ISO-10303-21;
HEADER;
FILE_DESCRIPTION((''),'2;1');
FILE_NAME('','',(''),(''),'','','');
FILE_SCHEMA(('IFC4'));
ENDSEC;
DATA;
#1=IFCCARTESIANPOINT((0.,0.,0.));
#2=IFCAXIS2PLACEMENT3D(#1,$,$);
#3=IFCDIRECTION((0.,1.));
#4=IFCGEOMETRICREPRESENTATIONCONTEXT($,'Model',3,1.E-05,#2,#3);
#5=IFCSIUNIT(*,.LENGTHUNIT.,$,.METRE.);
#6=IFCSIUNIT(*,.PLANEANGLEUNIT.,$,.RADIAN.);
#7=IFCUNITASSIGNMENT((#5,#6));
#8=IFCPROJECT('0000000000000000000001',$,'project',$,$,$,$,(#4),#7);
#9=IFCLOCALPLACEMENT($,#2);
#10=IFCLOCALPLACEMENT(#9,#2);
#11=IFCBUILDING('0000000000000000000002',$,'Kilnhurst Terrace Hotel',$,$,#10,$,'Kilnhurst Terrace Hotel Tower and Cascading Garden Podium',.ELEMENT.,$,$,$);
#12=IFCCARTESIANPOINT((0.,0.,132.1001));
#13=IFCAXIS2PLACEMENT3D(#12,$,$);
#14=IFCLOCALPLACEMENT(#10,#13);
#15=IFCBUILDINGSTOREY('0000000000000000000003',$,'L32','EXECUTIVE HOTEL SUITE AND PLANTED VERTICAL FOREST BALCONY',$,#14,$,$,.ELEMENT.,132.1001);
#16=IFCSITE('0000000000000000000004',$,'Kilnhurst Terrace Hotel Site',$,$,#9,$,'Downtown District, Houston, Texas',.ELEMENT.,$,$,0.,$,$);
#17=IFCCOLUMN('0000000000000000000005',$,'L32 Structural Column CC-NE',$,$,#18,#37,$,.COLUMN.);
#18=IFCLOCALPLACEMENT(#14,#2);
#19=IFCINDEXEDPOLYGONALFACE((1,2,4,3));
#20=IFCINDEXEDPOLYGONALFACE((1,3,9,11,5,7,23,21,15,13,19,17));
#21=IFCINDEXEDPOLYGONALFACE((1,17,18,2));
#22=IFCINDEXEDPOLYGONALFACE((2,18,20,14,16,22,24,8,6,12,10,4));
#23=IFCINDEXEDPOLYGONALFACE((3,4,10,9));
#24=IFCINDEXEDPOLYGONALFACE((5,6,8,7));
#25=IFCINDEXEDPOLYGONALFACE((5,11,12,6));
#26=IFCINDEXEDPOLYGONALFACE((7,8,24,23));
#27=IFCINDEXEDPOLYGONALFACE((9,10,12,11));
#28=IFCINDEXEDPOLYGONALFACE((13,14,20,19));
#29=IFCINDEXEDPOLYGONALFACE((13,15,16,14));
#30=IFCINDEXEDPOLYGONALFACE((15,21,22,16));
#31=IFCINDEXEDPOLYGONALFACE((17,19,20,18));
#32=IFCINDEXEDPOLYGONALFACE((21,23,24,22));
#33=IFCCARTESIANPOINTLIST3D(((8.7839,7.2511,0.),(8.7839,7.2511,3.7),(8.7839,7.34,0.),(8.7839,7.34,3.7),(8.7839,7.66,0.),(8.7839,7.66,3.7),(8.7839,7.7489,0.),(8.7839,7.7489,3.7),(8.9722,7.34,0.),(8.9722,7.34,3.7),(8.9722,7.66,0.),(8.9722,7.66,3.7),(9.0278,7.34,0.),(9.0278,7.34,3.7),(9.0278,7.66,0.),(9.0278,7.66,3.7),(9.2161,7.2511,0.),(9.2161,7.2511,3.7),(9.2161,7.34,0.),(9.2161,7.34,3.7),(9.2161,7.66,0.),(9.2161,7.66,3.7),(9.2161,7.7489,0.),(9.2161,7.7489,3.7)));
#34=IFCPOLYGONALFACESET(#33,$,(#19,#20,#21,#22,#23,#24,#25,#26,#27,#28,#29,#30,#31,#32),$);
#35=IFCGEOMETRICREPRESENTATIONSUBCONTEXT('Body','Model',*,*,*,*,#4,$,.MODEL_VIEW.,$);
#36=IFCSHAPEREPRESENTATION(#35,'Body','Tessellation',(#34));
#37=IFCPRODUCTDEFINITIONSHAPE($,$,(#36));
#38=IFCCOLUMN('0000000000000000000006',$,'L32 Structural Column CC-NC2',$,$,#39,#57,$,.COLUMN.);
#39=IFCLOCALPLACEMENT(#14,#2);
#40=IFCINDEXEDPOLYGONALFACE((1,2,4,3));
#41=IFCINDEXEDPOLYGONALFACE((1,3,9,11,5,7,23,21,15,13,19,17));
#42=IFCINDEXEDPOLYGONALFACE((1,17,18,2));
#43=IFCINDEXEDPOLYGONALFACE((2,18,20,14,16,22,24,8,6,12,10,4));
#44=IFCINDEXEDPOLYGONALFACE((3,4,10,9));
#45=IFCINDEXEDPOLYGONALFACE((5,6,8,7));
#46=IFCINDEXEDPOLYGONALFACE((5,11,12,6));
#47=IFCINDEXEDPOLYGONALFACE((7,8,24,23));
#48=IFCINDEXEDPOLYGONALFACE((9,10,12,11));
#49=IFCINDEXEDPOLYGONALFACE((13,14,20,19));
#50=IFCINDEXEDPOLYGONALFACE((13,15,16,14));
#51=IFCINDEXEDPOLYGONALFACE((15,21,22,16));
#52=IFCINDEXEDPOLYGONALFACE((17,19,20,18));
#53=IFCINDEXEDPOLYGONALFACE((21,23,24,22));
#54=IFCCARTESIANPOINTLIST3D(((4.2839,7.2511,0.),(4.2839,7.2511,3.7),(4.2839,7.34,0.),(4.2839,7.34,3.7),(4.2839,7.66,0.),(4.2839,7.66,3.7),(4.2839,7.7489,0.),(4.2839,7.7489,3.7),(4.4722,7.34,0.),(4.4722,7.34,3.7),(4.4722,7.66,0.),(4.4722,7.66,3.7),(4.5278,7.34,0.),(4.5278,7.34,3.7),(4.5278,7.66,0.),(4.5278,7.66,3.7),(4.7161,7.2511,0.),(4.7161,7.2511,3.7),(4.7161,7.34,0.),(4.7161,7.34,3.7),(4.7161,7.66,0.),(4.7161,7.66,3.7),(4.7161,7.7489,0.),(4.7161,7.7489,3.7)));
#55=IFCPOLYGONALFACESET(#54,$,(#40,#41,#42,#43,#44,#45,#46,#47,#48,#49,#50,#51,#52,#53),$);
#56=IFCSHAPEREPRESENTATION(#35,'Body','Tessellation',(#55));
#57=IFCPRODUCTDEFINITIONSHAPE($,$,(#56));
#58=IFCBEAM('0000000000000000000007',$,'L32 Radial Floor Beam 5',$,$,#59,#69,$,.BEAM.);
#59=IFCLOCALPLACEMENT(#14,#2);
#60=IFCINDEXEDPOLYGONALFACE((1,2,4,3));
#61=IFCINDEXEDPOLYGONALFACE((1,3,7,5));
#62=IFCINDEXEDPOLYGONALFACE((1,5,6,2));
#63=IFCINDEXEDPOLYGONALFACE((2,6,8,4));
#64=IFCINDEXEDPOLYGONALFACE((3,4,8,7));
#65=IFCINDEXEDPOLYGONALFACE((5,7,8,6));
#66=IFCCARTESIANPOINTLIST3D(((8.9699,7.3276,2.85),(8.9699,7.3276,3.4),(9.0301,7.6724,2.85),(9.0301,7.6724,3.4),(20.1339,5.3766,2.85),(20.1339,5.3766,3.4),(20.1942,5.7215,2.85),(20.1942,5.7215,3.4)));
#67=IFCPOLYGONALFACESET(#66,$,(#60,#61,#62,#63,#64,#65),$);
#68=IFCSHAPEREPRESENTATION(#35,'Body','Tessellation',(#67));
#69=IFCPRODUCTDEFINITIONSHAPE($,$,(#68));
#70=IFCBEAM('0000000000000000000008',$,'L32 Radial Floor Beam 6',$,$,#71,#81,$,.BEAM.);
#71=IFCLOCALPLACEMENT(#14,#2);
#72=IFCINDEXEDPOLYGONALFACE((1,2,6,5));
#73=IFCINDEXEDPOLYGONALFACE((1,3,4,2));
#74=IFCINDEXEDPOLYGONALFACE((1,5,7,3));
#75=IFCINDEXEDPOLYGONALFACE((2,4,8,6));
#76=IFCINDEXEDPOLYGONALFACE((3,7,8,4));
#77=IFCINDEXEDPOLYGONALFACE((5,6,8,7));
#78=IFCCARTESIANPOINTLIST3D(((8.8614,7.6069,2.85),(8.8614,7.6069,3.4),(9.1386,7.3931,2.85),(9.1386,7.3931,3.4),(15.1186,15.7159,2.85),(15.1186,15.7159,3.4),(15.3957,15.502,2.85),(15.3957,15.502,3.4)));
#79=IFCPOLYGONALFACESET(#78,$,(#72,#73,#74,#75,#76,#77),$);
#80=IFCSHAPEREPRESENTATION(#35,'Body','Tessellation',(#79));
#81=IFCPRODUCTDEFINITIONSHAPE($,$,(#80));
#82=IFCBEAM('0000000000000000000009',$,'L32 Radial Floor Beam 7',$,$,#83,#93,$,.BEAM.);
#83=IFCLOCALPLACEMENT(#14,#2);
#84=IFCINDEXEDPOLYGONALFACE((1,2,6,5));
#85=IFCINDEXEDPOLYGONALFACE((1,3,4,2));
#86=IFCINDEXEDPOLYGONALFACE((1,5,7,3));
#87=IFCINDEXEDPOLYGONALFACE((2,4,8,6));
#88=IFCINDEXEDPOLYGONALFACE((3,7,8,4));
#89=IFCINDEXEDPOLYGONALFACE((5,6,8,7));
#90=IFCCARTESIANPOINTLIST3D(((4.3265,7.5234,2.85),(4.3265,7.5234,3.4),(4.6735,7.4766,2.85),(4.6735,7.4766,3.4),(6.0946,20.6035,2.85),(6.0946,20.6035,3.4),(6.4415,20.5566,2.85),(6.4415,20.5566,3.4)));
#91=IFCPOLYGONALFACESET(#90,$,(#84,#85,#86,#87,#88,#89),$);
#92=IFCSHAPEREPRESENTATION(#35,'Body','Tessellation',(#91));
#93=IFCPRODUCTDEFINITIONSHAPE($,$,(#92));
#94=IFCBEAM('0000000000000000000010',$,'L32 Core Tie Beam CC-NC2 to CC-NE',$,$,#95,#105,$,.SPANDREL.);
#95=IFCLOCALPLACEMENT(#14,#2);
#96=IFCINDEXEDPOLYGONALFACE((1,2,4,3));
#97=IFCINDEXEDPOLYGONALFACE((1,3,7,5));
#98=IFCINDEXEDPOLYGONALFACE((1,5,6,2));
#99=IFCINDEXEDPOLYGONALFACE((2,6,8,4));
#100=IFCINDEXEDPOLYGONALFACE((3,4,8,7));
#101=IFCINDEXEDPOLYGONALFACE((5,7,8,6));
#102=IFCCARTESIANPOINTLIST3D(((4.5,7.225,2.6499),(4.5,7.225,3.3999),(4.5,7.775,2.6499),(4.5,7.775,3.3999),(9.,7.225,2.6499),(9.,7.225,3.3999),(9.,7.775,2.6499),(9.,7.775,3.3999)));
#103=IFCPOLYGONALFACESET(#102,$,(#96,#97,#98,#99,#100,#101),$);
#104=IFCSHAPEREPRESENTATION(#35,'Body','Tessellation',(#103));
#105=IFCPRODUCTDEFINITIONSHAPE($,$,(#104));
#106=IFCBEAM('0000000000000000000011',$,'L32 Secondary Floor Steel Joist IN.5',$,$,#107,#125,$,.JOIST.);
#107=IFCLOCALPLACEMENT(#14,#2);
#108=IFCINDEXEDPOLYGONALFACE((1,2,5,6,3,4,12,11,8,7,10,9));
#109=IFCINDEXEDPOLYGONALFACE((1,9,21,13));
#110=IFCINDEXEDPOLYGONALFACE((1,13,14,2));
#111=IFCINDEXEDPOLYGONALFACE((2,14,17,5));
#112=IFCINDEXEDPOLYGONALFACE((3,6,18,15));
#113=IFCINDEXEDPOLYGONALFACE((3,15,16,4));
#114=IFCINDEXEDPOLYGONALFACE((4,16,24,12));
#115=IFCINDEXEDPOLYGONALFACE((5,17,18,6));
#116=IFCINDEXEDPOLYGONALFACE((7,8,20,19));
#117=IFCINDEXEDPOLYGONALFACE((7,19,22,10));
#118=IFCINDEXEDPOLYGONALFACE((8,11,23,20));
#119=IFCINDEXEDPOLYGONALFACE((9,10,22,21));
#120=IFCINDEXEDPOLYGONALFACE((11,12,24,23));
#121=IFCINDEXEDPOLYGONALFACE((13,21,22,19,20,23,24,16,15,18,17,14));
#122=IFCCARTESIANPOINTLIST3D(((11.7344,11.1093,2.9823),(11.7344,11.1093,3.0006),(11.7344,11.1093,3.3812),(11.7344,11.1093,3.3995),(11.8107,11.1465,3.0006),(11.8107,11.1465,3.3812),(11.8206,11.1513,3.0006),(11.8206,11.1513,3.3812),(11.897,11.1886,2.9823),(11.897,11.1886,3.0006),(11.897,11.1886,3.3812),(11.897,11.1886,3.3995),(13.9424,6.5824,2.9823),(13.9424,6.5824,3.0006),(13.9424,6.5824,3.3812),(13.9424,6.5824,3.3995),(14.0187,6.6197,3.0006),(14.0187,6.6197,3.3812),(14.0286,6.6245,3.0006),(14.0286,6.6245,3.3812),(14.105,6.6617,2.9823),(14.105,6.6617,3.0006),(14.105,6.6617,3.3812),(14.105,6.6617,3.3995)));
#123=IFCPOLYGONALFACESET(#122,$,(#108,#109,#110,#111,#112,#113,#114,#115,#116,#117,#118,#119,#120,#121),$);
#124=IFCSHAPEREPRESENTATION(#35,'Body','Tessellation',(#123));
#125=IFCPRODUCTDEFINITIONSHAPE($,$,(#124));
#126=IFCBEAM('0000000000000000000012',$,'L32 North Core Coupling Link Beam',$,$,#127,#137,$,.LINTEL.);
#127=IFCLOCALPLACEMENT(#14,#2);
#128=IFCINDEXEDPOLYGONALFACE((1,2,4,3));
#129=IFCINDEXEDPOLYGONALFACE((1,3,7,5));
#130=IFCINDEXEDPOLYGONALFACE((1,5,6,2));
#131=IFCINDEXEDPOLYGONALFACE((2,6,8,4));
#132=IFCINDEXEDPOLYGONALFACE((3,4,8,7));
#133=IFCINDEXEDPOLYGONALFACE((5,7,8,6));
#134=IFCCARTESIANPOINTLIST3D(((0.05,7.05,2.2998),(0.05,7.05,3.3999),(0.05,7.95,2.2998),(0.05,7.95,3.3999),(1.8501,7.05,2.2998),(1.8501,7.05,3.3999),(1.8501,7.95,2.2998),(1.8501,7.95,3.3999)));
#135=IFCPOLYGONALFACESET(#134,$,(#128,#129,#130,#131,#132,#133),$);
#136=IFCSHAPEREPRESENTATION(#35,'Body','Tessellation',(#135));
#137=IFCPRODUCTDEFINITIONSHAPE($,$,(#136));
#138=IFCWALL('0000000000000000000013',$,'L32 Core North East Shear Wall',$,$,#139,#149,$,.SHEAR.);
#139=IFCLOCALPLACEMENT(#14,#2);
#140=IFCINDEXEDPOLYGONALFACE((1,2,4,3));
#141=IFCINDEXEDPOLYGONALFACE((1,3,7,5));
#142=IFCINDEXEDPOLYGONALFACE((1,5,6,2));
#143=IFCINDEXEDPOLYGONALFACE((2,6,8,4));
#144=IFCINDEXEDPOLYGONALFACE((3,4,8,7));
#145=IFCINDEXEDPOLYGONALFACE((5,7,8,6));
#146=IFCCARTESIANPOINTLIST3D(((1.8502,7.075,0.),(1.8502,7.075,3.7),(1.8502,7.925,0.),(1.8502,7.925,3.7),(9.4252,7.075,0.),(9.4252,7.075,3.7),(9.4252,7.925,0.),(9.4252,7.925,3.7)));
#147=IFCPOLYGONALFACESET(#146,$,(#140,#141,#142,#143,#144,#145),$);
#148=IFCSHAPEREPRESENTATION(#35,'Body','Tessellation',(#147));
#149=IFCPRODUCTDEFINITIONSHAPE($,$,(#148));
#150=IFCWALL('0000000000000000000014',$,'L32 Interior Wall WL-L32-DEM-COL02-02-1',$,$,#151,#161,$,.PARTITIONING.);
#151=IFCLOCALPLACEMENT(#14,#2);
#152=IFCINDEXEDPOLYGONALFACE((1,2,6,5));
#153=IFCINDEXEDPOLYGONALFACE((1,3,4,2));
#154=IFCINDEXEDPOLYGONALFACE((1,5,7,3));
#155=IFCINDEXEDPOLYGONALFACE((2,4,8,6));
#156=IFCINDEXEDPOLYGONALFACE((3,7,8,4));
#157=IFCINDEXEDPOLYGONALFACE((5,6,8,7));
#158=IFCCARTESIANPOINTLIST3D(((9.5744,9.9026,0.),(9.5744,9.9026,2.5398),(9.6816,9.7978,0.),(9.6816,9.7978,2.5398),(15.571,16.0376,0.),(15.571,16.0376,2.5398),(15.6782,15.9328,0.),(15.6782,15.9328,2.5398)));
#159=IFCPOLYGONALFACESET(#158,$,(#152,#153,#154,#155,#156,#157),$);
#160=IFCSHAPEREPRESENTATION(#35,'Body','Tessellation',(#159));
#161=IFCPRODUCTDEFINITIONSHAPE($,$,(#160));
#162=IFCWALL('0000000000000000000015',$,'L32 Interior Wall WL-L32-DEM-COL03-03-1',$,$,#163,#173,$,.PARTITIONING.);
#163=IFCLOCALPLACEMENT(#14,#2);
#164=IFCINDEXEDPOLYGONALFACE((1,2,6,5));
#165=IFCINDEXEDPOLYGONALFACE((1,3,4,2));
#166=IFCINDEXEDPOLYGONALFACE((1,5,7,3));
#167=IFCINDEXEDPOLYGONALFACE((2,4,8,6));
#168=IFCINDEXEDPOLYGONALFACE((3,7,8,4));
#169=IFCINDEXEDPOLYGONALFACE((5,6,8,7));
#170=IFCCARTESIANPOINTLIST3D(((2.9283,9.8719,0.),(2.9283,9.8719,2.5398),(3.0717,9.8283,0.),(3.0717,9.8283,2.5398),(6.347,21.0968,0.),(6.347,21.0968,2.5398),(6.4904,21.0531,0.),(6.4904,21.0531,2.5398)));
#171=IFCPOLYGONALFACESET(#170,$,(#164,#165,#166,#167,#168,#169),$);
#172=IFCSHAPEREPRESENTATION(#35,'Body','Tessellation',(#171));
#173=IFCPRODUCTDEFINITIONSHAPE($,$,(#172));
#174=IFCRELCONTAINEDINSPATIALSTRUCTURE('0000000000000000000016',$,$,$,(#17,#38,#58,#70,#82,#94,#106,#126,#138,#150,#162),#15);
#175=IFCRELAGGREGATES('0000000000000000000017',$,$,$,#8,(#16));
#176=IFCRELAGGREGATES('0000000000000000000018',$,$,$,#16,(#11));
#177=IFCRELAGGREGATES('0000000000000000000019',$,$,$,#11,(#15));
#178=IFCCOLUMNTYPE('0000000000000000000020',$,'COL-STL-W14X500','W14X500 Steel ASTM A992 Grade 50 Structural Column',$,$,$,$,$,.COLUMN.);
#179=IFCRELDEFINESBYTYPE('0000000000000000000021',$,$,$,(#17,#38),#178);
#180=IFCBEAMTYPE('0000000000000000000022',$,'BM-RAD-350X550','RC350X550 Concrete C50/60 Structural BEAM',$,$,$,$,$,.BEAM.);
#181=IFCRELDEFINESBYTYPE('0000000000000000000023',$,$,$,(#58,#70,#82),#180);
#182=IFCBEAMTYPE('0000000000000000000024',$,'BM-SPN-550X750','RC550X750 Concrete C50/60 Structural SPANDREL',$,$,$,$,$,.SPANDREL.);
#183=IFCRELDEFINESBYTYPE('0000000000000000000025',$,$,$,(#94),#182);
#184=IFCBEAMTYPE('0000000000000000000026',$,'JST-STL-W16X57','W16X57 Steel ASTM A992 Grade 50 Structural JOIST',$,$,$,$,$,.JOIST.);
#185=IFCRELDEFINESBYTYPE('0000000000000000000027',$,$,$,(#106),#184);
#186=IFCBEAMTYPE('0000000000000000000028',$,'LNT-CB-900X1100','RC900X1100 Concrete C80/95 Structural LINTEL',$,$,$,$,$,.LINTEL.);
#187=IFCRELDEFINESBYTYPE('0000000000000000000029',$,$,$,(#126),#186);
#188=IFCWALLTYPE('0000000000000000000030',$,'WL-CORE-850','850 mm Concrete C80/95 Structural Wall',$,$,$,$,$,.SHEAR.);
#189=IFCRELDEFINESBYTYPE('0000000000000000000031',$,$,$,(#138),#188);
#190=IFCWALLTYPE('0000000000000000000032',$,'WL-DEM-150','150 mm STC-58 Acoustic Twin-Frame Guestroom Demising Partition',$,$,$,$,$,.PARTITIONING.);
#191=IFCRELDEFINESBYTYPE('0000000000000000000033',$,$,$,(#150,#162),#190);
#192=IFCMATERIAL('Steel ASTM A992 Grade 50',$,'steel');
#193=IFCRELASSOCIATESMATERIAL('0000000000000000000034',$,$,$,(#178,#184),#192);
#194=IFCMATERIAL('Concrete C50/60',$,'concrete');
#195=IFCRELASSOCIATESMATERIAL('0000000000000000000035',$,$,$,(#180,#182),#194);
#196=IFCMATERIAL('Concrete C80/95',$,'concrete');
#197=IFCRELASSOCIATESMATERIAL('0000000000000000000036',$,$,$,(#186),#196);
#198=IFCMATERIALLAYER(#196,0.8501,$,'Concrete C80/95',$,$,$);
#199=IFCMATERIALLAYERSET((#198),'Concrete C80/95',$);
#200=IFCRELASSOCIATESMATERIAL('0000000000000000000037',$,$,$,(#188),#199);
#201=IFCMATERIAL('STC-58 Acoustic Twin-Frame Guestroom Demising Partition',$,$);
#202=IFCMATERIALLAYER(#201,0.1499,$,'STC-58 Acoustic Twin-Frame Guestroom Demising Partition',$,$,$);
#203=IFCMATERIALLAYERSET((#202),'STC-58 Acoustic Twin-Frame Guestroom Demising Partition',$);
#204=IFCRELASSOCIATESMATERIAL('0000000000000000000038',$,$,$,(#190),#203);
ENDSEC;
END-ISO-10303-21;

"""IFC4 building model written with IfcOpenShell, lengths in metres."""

from ifc_helpers import new_model, si_unit, direction, frame, frame_2d, origin, origin_2d, place, context, subcontext, project, spatial, rectangle, i_section, extrude, material, layer, layer_set, material_profile, profile_set, type_object, element, save


model = new_model("IFC4")

# Units and contexts
model_context = context("Model", 3, precision=1e-05, world=origin(), true_north=direction((0.0, 1.0)))
body_context = subcontext(model_context, "Body", "Model", "MODEL_VIEW")
ifc_project = project(units=[si_unit("LENGTHUNIT", "METRE"), si_unit("PLANEANGLEUNIT", "RADIAN")], contexts=[model_context])

# Site, building, storey
site_placement = place(None, origin())
site = spatial("IfcSite", under=ifc_project, at=site_placement, Name="Kilnhurst Terrace Hotel Site", LongName="Downtown District, Houston, Texas", CompositionType="ELEMENT", RefElevation=0.0)
building_placement = place(site_placement, origin())
building = spatial("IfcBuilding", under=site, at=building_placement, Name="Kilnhurst Terrace Hotel", LongName="Kilnhurst Terrace Hotel Tower and Cascading Garden Podium", CompositionType="ELEMENT")
storey_placement = place(building_placement, frame((0.0, 0.0, 132.1001)))
storey = spatial("IfcBuildingStorey", under=building, at=storey_placement, Name="L32", Description="EXECUTIVE HOTEL SUITE AND PLANTED VERTICAL FOREST BALCONY", CompositionType="ELEMENT", Elevation=132.1001)

# Columns
ifc_material_1 = material(Name="Steel ASTM A992 Grade 50", Category="steel")
ifc_material_profile_1 = material_profile(ifc_material_1, i_section(OverallWidth=0.4321, OverallDepth=0.4978, WebThickness=0.0557, FlangeThickness=0.0889, at=origin_2d()), Name="W14X500")
ifc_profile_set_1 = profile_set([ifc_material_profile_1], Name="Steel ASTM A992 Grade 50")
column_type = type_object("IfcColumnType", Name="COL-STL-W14X500", Description="W14X500 Steel ASTM A992 Grade 50 Structural Column", PredefinedType="COLUMN", material=ifc_profile_set_1)
for number, where, z_axis, x_axis, name in (
    (1, (9.0, 7.5, 0.0), (0.0, 0.0, 1.0), (1.0, 0.0, 0.0), "L32 Structural Column CC-NE"),
    (2, (4.5, 7.5, 0.0), (0.0, 0.0, 1.0), (1.0, 0.0, 0.0), "L32 Structural Column CC-NC2"),
):
    element("IfcColumn", number, at=place(storey_placement, frame(where, z_axis=z_axis, x_axis=x_axis)), inside=storey, type_object=column_type, Name=name, PredefinedType="COLUMN", context=body_context, shape_type="SweptSolid", body=[
        extrude(i_section(OverallWidth=0.4321, OverallDepth=0.4978, WebThickness=0.0557, FlangeThickness=0.0889, at=origin_2d()), origin(), (0.0, 0.0, 1.0), 3.7),
    ])

# Beams
ifc_material_2 = material(Name="Concrete C50/60", Category="concrete")
ifc_material_profile_2 = material_profile(ifc_material_2, rectangle(XDim=0.3501, YDim=0.55, at=origin_2d()), Name="RC350X550")
ifc_profile_set_2 = profile_set([ifc_material_profile_2], Name="Concrete C50/60")
beam_type_1 = type_object("IfcBeamType", Name="BM-RAD-350X550", Description="RC350X550 Concrete C50/60 Structural BEAM", PredefinedType="BEAM", material=ifc_profile_set_2)
beam_1_placement = place(storey_placement, frame((9.0, 7.5, 3.125), z_axis=(0.985072, -0.172142, 0.0), x_axis=(0.172142, 0.985072, 0.0)))
element("IfcBeam", 3, at=beam_1_placement, inside=storey, type_object=beam_type_1, Name="L32 Radial Floor Beam 5", PredefinedType="BEAM", context=body_context, shape_type="SweptSolid", body=[
    extrude(rectangle(XDim=0.3501, YDim=0.55, at=origin_2d()), origin(), (0.0, 0.0, 1.0), 11.3333),
])
beam_2_placement = place(storey_placement, frame((9.0, 7.5, 3.125), z_axis=(0.610905, 0.791704, 0.0), x_axis=(-0.791704, 0.610905, 0.0)))
element("IfcBeam", 4, at=beam_2_placement, inside=storey, type_object=beam_type_1, Name="L32 Radial Floor Beam 6", PredefinedType="BEAM", context=body_context, shape_type="SweptSolid", body=[
    extrude(rectangle(XDim=0.3501, YDim=0.55, at=origin_2d()), origin(), (0.0, 0.0, 1.0), 10.2424),
])
beam_3_placement = place(storey_placement, frame((4.5, 7.5, 3.125), z_axis=(0.133954, 0.990988, 0.0), x_axis=(-0.990988, 0.133954, 0.0)))
element("IfcBeam", 5, at=beam_3_placement, inside=storey, type_object=beam_type_1, Name="L32 Radial Floor Beam 7", PredefinedType="BEAM", context=body_context, shape_type="SweptSolid", body=[
    extrude(rectangle(XDim=0.3501, YDim=0.55, at=origin_2d()), origin(), (0.0, 0.0, 1.0), 13.199),
])
ifc_material_profile_3 = material_profile(ifc_material_2, rectangle(XDim=0.55, YDim=0.75, at=origin_2d()), Name="RC550X750")
ifc_profile_set_3 = profile_set([ifc_material_profile_3], Name="Concrete C50/60")
beam_type_2 = type_object("IfcBeamType", Name="BM-SPN-550X750", Description="RC550X750 Concrete C50/60 Structural SPANDREL", PredefinedType="SPANDREL", material=ifc_profile_set_3)
beam_4_placement = place(storey_placement, frame((4.5, 7.5, 3.0249), z_axis=(1.0, 0.0, 0.0), x_axis=(0.0, 1.0, 0.0)))
element("IfcBeam", 6, at=beam_4_placement, inside=storey, type_object=beam_type_2, Name="L32 Core Tie Beam CC-NC2 to CC-NE", PredefinedType="SPANDREL", context=body_context, shape_type="SweptSolid", body=[
    extrude(rectangle(XDim=0.55, YDim=0.75, at=origin_2d()), origin(), (0.0, 0.0, 1.0), 4.5),
])
ifc_material_profile_4 = material_profile(ifc_material_1, i_section(OverallWidth=0.1809, OverallDepth=0.4172, WebThickness=0.011, FlangeThickness=0.0183, at=origin_2d()), Name="W16X57")
ifc_profile_set_4 = profile_set([ifc_material_profile_4], Name="Steel ASTM A992 Grade 50")
beam_type_3 = type_object("IfcBeamType", Name="JST-STL-W16X57", Description="W16X57 Steel ASTM A992 Grade 50 Structural JOIST", PredefinedType="JOIST", material=ifc_profile_set_4)
beam_5_placement = place(storey_placement, frame((14.0237, 6.6221, 3.1909), z_axis=(-0.438389, 0.898785, 0.0), x_axis=(-0.898785, -0.438389, 0.0)))
element("IfcBeam", 7, at=beam_5_placement, inside=storey, type_object=beam_type_3, Name="L32 Secondary Floor Steel Joist IN.5", PredefinedType="JOIST", context=body_context, shape_type="SweptSolid", body=[
    extrude(i_section(OverallWidth=0.1809, OverallDepth=0.4172, WebThickness=0.011, FlangeThickness=0.0183, at=origin_2d()), origin(), (0.0, 0.0, 1.0), 5.0366),
])
ifc_material_3 = material(Name="Concrete C80/95", Category="concrete")
ifc_material_profile_5 = material_profile(ifc_material_3, rectangle(XDim=0.8999, YDim=1.1001, at=origin_2d()), Name="RC900X1100")
ifc_profile_set_5 = profile_set([ifc_material_profile_5], Name="Concrete C80/95")
beam_type_4 = type_object("IfcBeamType", Name="LNT-CB-900X1100", Description="RC900X1100 Concrete C80/95 Structural LINTEL", PredefinedType="LINTEL", material=ifc_profile_set_5)
beam_6_placement = place(storey_placement, frame((0.05, 7.5, 2.8499), z_axis=(1.0, 0.0, 0.0), x_axis=(0.0, 1.0, 0.0)))
element("IfcBeam", 8, at=beam_6_placement, inside=storey, type_object=beam_type_4, Name="L32 North Core Coupling Link Beam", PredefinedType="LINTEL", context=body_context, shape_type="SweptSolid", body=[
    extrude(rectangle(XDim=0.8999, YDim=1.1001, at=origin_2d()), origin(), (0.0, 0.0, 1.0), 1.8),
])

# Walls
ifc_layer_1 = layer(ifc_material_3, 0.8501, Name="Concrete C80/95")
ifc_layer_set_1 = layer_set([ifc_layer_1], Name="Concrete C80/95")
wall_type_1 = type_object("IfcWallType", Name="WL-CORE-850", Description="850 mm Concrete C80/95 Structural Wall", PredefinedType="SHEAR", material=ifc_layer_set_1)
wall_1_placement = place(storey_placement, frame((1.8501, 7.5, 0.0), z_axis=(0.0, 0.0, 1.0), x_axis=(1.0, 0.0, 0.0)))
element("IfcWall", 9, at=wall_1_placement, inside=storey, type_object=wall_type_1, Name="L32 Core North East Shear Wall", PredefinedType="SHEAR", context=body_context, shape_type="SweptSolid", body=[
    extrude(rectangle(XDim=7.575, YDim=0.8501, at=frame_2d((3.7876, 0.0))), origin(), (0.0, 0.0, 1.0), 3.7),
])
ifc_material_4 = material(Name="STC-58 Acoustic Twin-Frame Guestroom Demising Partition")
ifc_layer_2 = layer(ifc_material_4, 0.1499, Name="STC-58 Acoustic Twin-Frame Guestroom Demising Partition")
ifc_layer_set_2 = layer_set([ifc_layer_2], Name="STC-58 Acoustic Twin-Frame Guestroom Demising Partition")
wall_type_2 = type_object("IfcWallType", Name="WL-DEM-150", Description="150 mm STC-58 Acoustic Twin-Frame Guestroom Demising Partition", PredefinedType="PARTITIONING", material=ifc_layer_set_2)
wall_2_placement = place(storey_placement, frame((9.6279, 9.8501, 0.0), z_axis=(0.0, 0.0, 1.0), x_axis=(0.698993, 0.715129, 0.0)))
element("IfcWall", 10, at=wall_2_placement, inside=storey, type_object=wall_type_2, Name="L32 Interior Wall WL-L32-DEM-COL02-02-1", PredefinedType="PARTITIONING", context=body_context, shape_type="SweptSolid", body=[
    extrude(rectangle(XDim=8.5789, YDim=0.1499, at=frame_2d((4.2896, 0.0))), origin(), (0.0, 0.0, 1.0), 2.5398),
])
wall_3_placement = place(storey_placement, frame((3.0, 9.8501, 0.0), z_axis=(0.0, 0.0, 1.0), x_axis=(0.291352, 0.956616, 0.0)))
element("IfcWall", 11, at=wall_3_placement, inside=storey, type_object=wall_type_2, Name="L32 Interior Wall WL-L32-DEM-COL03-03-1", PredefinedType="PARTITIONING", context=body_context, shape_type="SweptSolid", body=[
    extrude(rectangle(XDim=11.7339, YDim=0.1499, at=frame_2d((5.8669, 0.0))), origin(), (0.0, 0.0, 1.0), 2.5398),
])

save(model, "model.ifc")
